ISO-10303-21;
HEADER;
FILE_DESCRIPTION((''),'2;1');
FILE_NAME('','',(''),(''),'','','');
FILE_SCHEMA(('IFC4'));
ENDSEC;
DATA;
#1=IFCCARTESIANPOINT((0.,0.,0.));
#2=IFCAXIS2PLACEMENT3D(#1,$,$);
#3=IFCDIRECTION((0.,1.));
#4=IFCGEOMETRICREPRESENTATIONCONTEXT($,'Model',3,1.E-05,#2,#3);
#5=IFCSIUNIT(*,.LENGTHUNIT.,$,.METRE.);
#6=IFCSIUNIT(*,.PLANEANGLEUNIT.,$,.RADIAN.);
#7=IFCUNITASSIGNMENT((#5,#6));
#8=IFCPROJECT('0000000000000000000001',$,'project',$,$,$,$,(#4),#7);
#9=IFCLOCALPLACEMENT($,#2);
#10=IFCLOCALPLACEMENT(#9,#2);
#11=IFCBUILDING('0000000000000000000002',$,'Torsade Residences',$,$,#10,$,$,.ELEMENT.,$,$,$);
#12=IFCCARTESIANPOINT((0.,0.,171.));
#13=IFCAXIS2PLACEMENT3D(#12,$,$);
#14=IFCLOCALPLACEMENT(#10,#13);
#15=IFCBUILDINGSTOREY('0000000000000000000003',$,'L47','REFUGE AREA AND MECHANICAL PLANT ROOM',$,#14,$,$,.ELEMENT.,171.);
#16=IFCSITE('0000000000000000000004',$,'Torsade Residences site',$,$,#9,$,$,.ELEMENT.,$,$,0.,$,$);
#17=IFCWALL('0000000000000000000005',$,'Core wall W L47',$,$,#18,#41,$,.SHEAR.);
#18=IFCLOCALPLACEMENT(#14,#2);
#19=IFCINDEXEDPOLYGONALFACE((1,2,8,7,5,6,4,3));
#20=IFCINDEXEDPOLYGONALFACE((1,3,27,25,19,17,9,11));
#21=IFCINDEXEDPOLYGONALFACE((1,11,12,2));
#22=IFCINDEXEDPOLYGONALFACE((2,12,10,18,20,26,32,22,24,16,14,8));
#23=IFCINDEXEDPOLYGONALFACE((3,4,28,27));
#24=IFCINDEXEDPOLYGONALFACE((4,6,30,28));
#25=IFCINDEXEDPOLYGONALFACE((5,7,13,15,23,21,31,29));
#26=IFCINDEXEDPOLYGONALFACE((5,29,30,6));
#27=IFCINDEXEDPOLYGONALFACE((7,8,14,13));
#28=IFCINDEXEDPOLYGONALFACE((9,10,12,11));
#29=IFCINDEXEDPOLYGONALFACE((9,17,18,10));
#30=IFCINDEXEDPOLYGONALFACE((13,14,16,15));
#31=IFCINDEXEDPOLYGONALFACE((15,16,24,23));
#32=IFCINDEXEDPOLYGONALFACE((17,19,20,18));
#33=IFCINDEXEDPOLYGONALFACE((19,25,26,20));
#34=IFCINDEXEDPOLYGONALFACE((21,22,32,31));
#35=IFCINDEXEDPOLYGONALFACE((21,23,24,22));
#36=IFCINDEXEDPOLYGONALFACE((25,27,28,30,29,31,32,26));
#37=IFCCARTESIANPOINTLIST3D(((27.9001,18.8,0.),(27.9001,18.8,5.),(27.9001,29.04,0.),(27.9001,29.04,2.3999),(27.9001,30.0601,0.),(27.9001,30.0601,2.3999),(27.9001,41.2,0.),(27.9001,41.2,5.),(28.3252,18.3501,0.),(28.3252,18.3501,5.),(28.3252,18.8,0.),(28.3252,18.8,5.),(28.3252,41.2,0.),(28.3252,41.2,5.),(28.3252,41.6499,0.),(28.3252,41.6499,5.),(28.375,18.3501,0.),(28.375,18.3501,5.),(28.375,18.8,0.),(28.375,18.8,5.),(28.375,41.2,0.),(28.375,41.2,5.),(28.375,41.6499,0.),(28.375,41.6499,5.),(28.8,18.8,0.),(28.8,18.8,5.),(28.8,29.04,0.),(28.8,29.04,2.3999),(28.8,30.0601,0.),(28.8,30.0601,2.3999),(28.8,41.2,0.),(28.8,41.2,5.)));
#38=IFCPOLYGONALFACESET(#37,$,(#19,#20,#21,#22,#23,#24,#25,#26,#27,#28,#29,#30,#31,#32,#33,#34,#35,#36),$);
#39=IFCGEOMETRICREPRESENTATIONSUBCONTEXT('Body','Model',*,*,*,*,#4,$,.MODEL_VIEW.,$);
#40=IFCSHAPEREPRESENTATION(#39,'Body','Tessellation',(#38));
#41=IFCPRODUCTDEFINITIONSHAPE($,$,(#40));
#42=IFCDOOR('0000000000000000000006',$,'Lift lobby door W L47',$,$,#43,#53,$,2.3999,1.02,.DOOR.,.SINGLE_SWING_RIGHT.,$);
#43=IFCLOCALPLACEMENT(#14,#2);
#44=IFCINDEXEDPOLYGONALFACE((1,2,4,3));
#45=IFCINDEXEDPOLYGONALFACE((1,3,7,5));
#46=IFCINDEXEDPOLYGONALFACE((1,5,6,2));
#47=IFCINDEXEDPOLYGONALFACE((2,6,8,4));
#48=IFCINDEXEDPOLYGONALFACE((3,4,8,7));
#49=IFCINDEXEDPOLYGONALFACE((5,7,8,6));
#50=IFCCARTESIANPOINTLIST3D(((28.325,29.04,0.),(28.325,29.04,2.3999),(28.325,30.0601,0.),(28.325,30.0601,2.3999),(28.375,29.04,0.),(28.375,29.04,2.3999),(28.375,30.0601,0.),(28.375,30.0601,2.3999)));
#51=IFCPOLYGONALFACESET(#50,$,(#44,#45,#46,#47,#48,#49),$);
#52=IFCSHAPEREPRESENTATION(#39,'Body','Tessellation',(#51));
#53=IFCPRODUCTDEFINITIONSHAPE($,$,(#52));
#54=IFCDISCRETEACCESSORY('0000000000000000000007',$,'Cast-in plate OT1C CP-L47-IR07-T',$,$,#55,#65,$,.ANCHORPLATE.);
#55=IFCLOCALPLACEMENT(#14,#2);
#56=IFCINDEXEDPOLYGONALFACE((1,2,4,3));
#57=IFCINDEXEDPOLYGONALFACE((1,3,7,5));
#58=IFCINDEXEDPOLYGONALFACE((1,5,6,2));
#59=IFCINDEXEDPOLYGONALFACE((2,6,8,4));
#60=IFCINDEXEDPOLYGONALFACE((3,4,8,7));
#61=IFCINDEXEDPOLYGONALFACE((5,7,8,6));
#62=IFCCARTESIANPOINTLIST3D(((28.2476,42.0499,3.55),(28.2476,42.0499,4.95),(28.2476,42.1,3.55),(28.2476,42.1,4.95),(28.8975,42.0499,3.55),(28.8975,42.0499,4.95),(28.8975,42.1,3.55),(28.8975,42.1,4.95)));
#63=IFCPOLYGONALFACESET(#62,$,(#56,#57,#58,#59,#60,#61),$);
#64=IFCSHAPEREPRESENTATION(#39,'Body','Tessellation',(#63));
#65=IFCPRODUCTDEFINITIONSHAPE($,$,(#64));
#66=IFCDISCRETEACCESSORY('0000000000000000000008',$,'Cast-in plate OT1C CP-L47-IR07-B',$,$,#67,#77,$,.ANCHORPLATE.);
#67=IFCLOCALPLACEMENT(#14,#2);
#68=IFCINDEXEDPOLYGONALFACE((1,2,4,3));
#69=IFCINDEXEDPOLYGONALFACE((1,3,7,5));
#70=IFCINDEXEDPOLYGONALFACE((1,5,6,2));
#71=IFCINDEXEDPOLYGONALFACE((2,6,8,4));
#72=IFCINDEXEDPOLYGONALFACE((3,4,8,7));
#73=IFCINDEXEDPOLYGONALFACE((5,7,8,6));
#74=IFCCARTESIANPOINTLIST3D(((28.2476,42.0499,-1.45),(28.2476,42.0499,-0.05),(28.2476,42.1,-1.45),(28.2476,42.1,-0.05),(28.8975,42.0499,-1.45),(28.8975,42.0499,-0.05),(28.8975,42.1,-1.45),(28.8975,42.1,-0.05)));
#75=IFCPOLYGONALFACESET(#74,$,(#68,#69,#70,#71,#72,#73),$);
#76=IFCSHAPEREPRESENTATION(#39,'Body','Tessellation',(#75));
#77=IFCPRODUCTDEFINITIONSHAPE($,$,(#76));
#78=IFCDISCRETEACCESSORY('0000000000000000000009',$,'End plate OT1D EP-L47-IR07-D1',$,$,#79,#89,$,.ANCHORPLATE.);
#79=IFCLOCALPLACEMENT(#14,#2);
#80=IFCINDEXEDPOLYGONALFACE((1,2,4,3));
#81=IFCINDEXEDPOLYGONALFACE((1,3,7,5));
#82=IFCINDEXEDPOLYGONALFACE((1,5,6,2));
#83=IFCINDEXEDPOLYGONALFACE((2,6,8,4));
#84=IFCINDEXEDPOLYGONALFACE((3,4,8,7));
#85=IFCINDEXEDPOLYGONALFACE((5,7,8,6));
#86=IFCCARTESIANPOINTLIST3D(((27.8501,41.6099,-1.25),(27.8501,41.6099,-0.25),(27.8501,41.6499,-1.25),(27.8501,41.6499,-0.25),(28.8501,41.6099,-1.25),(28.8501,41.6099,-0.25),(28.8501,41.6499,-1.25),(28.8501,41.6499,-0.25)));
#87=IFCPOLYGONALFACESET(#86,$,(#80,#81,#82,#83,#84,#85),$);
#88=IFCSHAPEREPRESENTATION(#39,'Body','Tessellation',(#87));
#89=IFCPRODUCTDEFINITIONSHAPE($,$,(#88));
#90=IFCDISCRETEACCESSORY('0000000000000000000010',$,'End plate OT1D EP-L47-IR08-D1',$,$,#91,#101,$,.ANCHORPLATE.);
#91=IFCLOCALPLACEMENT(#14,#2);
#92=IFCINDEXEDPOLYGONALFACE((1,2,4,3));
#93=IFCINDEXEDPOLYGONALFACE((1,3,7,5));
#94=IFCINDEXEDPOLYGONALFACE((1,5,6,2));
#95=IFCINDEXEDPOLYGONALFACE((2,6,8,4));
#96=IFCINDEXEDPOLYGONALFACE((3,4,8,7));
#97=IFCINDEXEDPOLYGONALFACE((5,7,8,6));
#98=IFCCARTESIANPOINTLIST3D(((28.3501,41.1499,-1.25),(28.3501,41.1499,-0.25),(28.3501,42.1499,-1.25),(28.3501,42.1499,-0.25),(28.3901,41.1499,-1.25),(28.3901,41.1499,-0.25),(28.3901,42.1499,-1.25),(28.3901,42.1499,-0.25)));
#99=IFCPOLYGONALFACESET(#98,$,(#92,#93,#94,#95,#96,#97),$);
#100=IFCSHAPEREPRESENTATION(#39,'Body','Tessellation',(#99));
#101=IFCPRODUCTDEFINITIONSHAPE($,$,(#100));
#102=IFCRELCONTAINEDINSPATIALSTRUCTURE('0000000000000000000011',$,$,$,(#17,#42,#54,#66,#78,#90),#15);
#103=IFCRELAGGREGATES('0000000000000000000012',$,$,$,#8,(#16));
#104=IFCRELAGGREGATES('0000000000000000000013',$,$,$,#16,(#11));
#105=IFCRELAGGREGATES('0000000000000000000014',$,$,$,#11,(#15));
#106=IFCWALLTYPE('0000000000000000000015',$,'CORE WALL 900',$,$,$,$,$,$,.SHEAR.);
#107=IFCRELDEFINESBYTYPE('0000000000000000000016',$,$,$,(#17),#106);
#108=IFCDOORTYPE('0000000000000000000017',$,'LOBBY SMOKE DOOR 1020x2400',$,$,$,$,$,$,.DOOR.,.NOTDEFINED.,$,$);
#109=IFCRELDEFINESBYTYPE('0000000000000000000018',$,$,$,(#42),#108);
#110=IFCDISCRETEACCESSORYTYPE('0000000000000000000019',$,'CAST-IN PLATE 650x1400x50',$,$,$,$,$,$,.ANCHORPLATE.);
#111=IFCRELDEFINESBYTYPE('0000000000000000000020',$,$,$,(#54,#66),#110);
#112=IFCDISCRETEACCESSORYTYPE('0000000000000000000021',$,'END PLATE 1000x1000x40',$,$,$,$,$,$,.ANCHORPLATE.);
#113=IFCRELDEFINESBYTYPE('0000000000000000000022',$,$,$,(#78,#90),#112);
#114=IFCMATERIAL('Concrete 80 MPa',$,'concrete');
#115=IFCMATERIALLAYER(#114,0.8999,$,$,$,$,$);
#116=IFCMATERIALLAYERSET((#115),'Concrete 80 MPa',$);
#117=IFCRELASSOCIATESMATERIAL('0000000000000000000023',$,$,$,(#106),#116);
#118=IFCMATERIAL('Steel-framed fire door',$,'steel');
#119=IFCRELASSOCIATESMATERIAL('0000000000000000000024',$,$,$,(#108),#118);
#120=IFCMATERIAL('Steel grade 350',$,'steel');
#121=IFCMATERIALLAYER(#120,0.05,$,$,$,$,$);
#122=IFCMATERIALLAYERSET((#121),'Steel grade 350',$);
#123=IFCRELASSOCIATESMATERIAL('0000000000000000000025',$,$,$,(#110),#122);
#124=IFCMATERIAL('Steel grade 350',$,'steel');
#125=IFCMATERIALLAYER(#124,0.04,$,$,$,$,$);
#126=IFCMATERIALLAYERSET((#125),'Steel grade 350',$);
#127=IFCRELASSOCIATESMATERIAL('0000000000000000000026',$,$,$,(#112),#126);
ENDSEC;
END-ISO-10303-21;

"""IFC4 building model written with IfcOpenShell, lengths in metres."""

from ifc_helpers import new_model, si_unit, direction, frame, frame_2d, origin, origin_2d, place, context, subcontext, project, spatial, polyline, rectangle, outline, extrude, material, layer, layer_set, type_object, element, fill, save


model = new_model("IFC4")

# Units and contexts
model_context = context("Model", 3, precision=1e-05, world=origin(), true_north=direction((0.0, 1.0)))
body_context = subcontext(model_context, "Body", "Model", "MODEL_VIEW")
ifc_project = project(units=[si_unit("LENGTHUNIT", "METRE"), si_unit("PLANEANGLEUNIT", "RADIAN")], contexts=[model_context])

# Site, building, storey
site_placement = place(None, origin())
site = spatial("IfcSite", under=ifc_project, at=site_placement, Name="Torsade Residences site", CompositionType="ELEMENT", RefElevation=0.0)
building_placement = place(site_placement, origin())
building = spatial("IfcBuilding", under=site, at=building_placement, Name="Torsade Residences", CompositionType="ELEMENT")
storey_placement = place(building_placement, frame((0.0, 0.0, 171.0)))
storey = spatial("IfcBuildingStorey", under=building, at=storey_placement, Name="L47", Description="REFUGE AREA AND MECHANICAL PLANT ROOM", CompositionType="ELEMENT", Elevation=171.0)

# Shared definitions
ifc_material_1 = material(Name="Concrete 80 MPa", Category="concrete")
ifc_layer_1 = layer(ifc_material_1, 0.8999)
ifc_layer_set_1 = layer_set([ifc_layer_1], Name="Concrete 80 MPa")
wall_type_1 = type_object("IfcWallType", Name="CORE WALL 900", PredefinedType="SHEAR", material=ifc_layer_set_1)

# Wall, opening, door
wall_1_placement = place(storey_placement, frame((28.3501, 41.2, 0.0), z_axis=(0.0, 0.0, 1.0), x_axis=(0.0, -1.0, 0.0)))
wall_1 = element("IfcWall", 1, at=wall_1_placement, inside=storey, type_object=wall_type_1, Name="Core wall W L47", PredefinedType="SHEAR", context=body_context, shape_type="SweptSolid", body=[
    extrude(outline(polyline([(0.0, -0.45), (22.3999, -0.45), (22.3999, -0.0249), (22.8499, -0.0249), (22.8499, 0.0249), (22.3999, 0.0249), (22.3999, 0.45), (0.0, 0.45), (0.0, 0.0249), (-0.45, 0.0249), (-0.45, -0.0249), (0.0, -0.0249), (0.0, -0.45)])), origin(), (0.0, 0.0, 1.0), 5.0),
])
opening_1_placement = place(wall_1_placement, frame((11.1399, 0.0, 0.0)))
opening_1 = element("IfcOpeningElement", 2, at=opening_1_placement, cuts=wall_1, PredefinedType="OPENING", context=body_context, shape_type="SweptSolid", body=[
    extrude(rectangle(XDim=1.02, YDim=2.3999, at=frame_2d((0.51, 1.2))), frame((0.0, 0.46, 0.0), z_axis=(0.0, -1.0, 0.0), x_axis=(1.0, 0.0, 0.0)), (0.0, 0.0, 1.0), 0.9199),
])
ifc_material_2 = material(Name="Steel-framed fire door", Category="steel")
door_type_1 = type_object("IfcDoorType", Name="LOBBY SMOKE DOOR 1020x2400", OperationType="NOTDEFINED", PredefinedType="DOOR", material=ifc_material_2)
door_1_placement = place(opening_1_placement, origin())
door_1 = element("IfcDoor", 3, at=door_1_placement, inside=storey, type_object=door_type_1, Name="Lift lobby door W L47", OperationType="SINGLE_SWING_RIGHT", OverallHeight=2.3999, OverallWidth=1.02, PredefinedType="DOOR", context=body_context, shape_type="SweptSolid", body=[
    extrude(rectangle(XDim=1.02, YDim=2.3999, at=frame_2d((0.51, 1.2))), frame((0.0, 0.0249, 0.0), z_axis=(0.0, -1.0, 0.0), x_axis=(1.0, 0.0, 0.0)), (0.0, 0.0, 1.0), 0.05),
])
fill(opening_1, door_1)

# Discrete accessories
ifc_material_3 = material(Name="Steel grade 350", Category="steel")
ifc_layer_2 = layer(ifc_material_3, 0.05)
ifc_layer_set_2 = layer_set([ifc_layer_2], Name="Steel grade 350")
discrete_accessory_type_1 = type_object("IfcDiscreteAccessoryType", Name="CAST-IN PLATE 650x1400x50", PredefinedType="ANCHORPLATE", material=ifc_layer_set_2)
for number, where, z_axis, x_axis, name in (
    (4, (28.5725, 42.075, 3.55), (0.0, 0.0, 1.0), (1.0, 0.0, 0.0), "Cast-in plate OT1C CP-L47-IR07-T"),
    (5, (28.5725, 42.075, -1.45), (0.0, 0.0, 1.0), (1.0, 0.0, 0.0), "Cast-in plate OT1C CP-L47-IR07-B"),
):
    element("IfcDiscreteAccessory", number, at=place(storey_placement, frame(where, z_axis=z_axis, x_axis=x_axis)), inside=storey, type_object=discrete_accessory_type_1, Name=name, PredefinedType="ANCHORPLATE", context=body_context, shape_type="SweptSolid", body=[
        extrude(rectangle(XDim=0.6499, YDim=0.05, at=origin_2d()), origin(), (0.0, 0.0, 1.0), 1.3999),
    ])
ifc_material_4 = material(Name="Steel grade 350", Category="steel")
ifc_layer_3 = layer(ifc_material_4, 0.04)
ifc_layer_set_3 = layer_set([ifc_layer_3], Name="Steel grade 350")
discrete_accessory_type_2 = type_object("IfcDiscreteAccessoryType", Name="END PLATE 1000x1000x40", PredefinedType="ANCHORPLATE", material=ifc_layer_set_3)
discrete_accessory_1_placement = place(storey_placement, frame((28.3501, 41.6299, -1.25), z_axis=(0.0, 0.0, 1.0), x_axis=(1.0, 0.0, 0.0)))
element("IfcDiscreteAccessory", 6, at=discrete_accessory_1_placement, inside=storey, type_object=discrete_accessory_type_2, Name="End plate OT1D EP-L47-IR07-D1", PredefinedType="ANCHORPLATE", context=body_context, shape_type="SweptSolid", body=[
    extrude(rectangle(XDim=1.0, YDim=0.04, at=origin_2d()), origin(), (0.0, 0.0, 1.0), 1.0),
])
discrete_accessory_2_placement = place(storey_placement, frame((28.3701, 41.6499, -1.25), z_axis=(0.0, 0.0, 1.0), x_axis=(1.0, 0.0, 0.0)))
element("IfcDiscreteAccessory", 7, at=discrete_accessory_2_placement, inside=storey, type_object=discrete_accessory_type_2, Name="End plate OT1D EP-L47-IR08-D1", PredefinedType="ANCHORPLATE", context=body_context, shape_type="SweptSolid", body=[
    extrude(rectangle(XDim=0.04, YDim=1.0, at=origin_2d()), origin(), (0.0, 0.0, 1.0), 1.0),
])

save(model, "model.ifc")
